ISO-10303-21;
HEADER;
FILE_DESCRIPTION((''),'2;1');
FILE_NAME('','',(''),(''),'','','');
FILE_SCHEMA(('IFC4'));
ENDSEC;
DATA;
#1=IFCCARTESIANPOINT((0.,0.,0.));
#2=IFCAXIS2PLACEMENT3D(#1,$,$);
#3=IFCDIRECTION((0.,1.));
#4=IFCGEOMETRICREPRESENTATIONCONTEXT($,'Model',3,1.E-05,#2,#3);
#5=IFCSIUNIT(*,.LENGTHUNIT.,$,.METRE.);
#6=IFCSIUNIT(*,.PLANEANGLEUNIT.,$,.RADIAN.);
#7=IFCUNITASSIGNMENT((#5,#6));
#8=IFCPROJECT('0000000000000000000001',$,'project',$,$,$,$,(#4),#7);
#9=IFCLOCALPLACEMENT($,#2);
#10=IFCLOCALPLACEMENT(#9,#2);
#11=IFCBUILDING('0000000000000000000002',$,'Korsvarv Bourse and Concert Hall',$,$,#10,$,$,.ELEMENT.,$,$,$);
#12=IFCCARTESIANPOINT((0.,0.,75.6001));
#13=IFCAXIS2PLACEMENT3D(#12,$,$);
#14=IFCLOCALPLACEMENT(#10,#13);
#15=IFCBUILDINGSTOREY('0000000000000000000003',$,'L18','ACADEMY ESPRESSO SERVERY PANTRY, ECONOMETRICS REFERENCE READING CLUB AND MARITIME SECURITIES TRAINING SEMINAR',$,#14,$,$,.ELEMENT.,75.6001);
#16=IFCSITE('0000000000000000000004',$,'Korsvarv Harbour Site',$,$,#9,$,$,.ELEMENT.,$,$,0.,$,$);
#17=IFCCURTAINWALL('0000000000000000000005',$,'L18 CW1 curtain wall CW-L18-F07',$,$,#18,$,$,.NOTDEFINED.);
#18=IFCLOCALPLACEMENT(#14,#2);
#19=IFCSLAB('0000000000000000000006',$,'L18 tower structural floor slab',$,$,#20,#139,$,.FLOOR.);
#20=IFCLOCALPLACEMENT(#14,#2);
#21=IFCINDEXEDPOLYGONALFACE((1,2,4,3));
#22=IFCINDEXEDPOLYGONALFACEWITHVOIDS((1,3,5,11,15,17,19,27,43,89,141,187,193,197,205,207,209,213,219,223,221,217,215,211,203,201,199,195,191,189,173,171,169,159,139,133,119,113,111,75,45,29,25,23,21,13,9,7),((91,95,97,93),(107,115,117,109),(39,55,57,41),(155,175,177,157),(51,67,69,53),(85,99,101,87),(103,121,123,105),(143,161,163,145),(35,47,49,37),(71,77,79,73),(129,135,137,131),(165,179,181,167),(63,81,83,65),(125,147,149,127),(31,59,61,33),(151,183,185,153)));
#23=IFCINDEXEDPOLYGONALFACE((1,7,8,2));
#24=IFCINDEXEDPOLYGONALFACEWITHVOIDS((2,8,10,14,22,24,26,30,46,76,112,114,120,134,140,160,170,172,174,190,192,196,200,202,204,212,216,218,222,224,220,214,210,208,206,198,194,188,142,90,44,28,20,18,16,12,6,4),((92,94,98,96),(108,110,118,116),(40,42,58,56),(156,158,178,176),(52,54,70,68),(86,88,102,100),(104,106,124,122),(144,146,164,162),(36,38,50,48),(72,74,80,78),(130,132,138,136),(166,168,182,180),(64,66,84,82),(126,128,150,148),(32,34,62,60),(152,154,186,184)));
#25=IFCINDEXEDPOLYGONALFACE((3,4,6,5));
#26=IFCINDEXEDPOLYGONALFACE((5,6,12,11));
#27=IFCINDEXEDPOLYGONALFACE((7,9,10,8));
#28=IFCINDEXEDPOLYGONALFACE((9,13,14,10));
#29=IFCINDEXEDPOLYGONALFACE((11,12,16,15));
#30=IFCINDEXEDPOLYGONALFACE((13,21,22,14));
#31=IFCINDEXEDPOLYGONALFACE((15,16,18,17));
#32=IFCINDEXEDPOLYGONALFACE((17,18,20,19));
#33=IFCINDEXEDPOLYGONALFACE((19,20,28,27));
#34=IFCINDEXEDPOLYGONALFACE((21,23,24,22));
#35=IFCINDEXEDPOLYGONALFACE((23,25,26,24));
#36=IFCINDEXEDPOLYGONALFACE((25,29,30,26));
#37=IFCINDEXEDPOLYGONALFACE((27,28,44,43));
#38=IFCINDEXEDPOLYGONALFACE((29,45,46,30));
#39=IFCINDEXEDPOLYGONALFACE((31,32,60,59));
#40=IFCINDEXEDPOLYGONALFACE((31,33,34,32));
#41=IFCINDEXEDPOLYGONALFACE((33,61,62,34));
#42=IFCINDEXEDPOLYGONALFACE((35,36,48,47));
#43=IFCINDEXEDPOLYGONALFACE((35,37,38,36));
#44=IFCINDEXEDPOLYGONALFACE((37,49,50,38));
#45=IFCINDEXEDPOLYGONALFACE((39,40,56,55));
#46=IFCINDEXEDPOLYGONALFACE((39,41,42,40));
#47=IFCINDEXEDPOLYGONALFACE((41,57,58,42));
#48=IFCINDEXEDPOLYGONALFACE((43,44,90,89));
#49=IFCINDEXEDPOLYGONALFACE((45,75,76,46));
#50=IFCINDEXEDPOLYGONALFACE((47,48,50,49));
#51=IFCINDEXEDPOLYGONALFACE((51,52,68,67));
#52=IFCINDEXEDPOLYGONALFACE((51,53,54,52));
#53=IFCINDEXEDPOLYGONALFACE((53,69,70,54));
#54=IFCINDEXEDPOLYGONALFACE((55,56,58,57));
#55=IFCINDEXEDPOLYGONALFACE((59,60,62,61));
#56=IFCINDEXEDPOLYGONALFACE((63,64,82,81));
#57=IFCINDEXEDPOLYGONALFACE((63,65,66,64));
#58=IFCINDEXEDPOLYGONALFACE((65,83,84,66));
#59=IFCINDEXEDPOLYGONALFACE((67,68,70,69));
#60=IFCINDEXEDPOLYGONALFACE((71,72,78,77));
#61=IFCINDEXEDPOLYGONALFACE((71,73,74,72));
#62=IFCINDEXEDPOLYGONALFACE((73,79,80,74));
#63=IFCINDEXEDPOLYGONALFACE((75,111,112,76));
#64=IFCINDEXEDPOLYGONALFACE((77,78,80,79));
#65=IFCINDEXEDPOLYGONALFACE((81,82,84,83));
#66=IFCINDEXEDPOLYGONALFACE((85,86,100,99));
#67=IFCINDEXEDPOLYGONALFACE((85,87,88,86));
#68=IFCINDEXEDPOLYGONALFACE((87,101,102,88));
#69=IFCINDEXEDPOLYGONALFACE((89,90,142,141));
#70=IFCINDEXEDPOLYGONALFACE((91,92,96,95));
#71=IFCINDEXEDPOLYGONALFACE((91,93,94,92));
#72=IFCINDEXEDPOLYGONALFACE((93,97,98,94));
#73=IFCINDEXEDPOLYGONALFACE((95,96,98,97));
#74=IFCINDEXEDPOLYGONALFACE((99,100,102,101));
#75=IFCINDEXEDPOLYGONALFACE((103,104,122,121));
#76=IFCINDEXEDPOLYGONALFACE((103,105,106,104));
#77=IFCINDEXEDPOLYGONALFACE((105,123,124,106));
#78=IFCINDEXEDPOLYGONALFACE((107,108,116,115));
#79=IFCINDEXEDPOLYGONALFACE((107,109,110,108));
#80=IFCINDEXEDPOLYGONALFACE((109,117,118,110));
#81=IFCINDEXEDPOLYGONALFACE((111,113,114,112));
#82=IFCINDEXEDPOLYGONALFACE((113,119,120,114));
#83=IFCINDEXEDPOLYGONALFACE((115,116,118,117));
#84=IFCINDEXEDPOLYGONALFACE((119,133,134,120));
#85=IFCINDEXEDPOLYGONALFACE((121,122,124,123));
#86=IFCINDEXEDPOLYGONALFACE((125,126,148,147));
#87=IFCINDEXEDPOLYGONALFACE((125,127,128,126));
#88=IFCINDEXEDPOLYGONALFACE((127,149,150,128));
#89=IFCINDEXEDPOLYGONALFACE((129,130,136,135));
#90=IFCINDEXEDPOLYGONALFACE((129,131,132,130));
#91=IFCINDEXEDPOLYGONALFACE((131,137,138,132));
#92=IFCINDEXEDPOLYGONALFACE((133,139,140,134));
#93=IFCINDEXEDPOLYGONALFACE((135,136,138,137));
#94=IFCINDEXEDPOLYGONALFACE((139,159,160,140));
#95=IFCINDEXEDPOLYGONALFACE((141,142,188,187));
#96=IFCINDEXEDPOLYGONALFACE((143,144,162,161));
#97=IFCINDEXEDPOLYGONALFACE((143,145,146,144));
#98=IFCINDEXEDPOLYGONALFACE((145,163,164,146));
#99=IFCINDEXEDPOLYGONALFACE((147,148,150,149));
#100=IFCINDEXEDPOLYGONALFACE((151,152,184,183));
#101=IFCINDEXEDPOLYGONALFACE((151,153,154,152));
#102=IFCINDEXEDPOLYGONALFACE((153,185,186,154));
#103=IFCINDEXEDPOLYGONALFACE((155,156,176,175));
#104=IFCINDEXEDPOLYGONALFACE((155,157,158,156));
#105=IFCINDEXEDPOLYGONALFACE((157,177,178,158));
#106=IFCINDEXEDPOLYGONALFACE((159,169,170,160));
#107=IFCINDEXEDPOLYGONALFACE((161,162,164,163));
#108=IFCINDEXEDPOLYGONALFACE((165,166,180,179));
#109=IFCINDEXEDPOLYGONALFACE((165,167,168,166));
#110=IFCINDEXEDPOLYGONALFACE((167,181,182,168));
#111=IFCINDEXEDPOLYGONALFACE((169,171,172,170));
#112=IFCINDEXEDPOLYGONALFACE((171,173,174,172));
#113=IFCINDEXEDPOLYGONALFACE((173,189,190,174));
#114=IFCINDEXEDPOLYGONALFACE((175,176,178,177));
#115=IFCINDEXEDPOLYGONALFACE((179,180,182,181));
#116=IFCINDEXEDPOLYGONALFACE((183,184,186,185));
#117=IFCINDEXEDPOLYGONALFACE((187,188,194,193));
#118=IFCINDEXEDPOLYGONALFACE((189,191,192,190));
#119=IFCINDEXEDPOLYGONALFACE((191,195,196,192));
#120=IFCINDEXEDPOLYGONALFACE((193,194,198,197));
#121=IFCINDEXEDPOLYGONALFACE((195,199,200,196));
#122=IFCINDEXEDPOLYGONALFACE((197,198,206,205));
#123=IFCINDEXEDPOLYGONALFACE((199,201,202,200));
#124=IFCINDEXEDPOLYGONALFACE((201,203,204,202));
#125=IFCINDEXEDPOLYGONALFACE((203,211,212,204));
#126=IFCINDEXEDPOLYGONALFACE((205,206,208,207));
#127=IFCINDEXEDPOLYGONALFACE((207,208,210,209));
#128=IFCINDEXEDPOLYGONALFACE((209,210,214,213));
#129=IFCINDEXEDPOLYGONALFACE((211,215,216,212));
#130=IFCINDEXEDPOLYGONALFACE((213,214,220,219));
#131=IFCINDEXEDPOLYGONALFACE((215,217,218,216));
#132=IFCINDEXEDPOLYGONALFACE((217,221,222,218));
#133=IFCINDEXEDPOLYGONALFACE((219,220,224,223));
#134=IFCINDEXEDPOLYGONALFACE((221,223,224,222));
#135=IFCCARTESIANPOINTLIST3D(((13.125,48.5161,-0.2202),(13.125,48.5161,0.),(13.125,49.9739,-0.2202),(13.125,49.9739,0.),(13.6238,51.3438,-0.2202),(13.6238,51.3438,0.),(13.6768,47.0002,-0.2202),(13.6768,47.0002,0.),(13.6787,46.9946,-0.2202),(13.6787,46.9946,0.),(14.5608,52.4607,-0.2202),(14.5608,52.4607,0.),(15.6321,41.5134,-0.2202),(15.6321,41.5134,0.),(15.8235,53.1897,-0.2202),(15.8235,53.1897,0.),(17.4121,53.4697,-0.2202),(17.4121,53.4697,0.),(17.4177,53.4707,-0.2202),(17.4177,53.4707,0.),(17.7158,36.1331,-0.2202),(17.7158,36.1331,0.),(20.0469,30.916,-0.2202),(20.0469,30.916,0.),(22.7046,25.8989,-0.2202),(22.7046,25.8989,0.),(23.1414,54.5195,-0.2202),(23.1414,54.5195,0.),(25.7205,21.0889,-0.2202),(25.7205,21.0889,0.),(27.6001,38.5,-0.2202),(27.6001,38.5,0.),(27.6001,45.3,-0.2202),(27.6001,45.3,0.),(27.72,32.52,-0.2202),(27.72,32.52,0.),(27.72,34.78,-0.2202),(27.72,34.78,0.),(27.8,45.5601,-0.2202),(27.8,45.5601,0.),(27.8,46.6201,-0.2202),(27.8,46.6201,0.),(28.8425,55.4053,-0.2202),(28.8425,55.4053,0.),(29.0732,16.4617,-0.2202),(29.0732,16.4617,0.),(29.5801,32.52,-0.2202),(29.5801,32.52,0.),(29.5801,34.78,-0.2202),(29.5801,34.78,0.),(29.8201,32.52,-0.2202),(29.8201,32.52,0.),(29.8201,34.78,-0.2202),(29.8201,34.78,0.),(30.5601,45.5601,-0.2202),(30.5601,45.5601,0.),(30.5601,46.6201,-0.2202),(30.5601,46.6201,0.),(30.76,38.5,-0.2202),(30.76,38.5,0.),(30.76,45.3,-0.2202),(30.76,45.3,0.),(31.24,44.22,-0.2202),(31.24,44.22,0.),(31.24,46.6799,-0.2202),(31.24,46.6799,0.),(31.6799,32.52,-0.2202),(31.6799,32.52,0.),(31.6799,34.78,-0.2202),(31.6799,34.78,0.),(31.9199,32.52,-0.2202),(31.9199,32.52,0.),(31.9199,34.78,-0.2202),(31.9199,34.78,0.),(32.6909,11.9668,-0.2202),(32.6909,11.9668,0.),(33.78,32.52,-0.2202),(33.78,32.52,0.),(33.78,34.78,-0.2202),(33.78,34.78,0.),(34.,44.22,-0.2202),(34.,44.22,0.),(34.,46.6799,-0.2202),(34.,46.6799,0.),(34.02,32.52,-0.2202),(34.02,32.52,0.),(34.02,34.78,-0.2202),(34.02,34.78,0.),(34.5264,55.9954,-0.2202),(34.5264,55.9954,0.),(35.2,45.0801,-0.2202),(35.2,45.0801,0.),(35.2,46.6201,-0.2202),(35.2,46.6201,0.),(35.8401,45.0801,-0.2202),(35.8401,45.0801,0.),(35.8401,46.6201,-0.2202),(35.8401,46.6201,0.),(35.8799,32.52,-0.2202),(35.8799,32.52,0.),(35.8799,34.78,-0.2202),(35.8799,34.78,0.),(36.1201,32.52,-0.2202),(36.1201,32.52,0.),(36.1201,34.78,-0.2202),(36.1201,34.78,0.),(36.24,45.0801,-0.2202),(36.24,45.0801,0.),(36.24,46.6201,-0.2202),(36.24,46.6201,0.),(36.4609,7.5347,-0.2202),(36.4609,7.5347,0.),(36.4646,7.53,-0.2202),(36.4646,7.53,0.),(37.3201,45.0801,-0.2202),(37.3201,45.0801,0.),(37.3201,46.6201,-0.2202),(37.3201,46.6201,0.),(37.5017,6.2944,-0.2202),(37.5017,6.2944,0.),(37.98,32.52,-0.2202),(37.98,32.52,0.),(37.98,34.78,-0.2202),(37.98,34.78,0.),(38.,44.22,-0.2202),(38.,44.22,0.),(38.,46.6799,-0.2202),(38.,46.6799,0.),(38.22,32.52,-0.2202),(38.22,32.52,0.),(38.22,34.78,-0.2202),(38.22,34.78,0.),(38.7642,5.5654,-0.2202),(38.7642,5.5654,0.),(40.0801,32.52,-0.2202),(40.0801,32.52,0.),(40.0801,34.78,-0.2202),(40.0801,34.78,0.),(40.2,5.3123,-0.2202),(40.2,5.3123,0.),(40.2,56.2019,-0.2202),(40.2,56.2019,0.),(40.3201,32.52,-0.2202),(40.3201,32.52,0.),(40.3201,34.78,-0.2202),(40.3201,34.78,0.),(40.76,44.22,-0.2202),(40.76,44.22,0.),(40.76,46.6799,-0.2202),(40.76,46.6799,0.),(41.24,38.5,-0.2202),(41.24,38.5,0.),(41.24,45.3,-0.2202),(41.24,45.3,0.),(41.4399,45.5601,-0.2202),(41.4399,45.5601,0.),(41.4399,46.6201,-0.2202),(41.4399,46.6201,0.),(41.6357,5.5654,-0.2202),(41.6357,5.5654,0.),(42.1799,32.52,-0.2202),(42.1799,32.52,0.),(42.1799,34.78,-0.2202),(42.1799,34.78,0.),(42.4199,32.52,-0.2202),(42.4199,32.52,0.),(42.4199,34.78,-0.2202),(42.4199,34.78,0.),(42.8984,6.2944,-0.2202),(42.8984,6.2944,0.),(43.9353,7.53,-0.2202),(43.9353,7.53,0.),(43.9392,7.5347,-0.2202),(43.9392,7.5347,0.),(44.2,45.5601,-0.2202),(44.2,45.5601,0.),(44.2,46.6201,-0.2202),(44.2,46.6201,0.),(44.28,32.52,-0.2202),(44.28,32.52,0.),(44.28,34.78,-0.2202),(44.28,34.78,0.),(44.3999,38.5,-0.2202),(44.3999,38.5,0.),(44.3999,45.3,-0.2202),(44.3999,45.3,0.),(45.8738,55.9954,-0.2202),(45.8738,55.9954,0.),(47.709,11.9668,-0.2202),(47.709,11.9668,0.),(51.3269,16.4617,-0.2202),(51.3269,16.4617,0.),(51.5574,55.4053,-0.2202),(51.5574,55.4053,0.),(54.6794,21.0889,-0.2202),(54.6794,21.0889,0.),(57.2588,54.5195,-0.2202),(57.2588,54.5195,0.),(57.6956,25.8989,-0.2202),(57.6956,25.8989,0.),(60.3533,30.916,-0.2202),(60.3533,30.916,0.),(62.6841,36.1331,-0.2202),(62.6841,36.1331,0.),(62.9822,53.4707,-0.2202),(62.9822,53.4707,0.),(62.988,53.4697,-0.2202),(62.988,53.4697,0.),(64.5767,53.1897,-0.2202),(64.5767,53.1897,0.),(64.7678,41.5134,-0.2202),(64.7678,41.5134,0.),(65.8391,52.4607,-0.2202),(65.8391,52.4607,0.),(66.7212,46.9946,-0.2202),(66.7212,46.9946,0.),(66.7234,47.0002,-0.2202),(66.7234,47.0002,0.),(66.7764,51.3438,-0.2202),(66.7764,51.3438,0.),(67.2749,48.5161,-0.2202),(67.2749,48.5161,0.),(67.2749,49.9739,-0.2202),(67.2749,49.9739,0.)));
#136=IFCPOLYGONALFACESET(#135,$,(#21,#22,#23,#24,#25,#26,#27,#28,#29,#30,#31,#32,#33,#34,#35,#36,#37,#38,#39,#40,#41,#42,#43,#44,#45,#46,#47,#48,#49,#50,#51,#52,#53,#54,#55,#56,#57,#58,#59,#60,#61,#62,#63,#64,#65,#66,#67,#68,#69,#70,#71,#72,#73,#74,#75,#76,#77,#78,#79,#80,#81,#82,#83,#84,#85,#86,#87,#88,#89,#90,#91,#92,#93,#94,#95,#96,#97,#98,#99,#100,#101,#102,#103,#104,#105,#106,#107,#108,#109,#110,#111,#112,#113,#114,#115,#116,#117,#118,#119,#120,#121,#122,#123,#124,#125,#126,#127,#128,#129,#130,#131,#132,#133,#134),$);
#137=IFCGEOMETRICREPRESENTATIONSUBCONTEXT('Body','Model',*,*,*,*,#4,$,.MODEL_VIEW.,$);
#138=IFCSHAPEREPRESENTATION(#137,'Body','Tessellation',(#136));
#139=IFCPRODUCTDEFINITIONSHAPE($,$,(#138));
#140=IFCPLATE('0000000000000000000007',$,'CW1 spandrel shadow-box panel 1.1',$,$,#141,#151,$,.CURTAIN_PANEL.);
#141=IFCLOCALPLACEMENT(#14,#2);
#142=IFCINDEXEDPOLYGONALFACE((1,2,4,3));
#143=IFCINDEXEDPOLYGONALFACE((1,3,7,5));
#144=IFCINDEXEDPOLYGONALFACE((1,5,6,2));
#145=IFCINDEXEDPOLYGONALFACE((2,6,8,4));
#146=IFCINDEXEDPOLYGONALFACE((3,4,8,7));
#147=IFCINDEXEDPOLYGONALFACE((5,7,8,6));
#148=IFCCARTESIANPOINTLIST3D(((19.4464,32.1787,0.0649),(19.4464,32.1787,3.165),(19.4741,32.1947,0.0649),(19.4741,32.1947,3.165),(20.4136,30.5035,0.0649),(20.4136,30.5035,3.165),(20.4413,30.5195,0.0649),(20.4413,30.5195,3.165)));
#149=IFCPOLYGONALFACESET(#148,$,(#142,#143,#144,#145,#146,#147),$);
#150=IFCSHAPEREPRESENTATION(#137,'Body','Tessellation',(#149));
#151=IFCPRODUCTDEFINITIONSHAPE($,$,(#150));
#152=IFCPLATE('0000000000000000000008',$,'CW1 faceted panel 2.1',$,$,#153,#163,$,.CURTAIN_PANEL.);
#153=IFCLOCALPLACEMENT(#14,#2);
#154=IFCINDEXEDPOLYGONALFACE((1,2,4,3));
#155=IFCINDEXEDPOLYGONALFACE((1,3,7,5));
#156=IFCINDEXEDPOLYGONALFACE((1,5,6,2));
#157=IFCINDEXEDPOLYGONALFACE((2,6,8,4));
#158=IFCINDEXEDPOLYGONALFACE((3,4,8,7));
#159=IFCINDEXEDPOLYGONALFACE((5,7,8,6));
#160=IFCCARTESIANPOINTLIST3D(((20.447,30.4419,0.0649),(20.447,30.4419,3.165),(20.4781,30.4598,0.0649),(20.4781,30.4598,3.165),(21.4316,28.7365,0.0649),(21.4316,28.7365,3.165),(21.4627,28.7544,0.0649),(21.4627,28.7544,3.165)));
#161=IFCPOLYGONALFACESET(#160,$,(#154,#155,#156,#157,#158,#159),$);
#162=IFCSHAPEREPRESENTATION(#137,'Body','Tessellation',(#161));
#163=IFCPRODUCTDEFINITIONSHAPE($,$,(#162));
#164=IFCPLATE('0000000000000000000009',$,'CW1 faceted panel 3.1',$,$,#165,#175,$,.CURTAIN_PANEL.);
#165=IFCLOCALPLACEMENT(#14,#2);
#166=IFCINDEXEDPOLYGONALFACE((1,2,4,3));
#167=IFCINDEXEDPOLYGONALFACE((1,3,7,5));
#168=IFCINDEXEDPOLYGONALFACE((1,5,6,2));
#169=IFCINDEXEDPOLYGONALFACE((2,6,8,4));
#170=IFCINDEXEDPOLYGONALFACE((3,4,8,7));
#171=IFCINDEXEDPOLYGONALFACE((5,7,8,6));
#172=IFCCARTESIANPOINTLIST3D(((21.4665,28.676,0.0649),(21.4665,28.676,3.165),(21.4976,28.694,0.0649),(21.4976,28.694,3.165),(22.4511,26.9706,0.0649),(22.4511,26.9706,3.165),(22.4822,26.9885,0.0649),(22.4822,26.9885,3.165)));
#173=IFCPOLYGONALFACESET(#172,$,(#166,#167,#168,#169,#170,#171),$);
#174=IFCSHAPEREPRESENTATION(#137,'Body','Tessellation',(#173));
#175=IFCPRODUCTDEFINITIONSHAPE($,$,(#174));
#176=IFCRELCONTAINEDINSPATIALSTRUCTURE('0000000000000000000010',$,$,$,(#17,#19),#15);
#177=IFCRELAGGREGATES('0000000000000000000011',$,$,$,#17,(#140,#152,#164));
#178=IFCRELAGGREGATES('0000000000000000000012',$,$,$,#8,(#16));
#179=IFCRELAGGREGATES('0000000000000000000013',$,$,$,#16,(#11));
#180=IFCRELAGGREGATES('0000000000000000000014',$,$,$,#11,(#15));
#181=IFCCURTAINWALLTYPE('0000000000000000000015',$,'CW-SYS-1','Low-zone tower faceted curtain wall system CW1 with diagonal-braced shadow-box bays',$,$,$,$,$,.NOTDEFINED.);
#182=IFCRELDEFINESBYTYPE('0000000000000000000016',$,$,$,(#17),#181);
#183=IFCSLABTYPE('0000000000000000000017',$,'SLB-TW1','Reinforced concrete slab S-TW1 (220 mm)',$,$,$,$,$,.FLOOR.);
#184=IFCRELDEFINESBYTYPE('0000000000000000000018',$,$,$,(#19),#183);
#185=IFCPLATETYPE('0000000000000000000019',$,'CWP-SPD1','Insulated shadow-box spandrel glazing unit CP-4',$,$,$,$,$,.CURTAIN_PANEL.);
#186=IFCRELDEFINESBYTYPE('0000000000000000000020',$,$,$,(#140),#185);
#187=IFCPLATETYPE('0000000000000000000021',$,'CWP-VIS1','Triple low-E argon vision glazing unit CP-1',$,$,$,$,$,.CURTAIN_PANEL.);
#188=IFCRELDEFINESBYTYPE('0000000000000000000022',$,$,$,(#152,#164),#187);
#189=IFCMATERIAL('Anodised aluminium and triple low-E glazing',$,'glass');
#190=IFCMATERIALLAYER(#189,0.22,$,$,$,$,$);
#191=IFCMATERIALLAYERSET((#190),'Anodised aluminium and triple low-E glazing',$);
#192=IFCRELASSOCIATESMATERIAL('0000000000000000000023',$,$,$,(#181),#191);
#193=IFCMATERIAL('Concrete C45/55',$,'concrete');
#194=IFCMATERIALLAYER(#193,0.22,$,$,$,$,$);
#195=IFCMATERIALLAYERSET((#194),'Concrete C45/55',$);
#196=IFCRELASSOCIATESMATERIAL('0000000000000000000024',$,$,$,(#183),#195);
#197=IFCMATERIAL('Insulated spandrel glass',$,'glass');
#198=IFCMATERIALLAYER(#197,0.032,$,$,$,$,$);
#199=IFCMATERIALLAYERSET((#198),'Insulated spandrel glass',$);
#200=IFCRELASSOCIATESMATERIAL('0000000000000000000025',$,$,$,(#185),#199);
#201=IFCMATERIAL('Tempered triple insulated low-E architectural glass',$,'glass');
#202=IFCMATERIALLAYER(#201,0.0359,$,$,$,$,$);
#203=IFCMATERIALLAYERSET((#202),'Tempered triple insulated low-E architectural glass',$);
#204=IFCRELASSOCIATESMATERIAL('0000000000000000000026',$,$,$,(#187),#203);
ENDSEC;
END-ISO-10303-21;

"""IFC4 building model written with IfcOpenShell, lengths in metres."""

from ifc_helpers import new_model, si_unit, direction, frame, origin, origin_2d, place, context, subcontext, project, spatial, polyline, rectangle, outline, extrude, source, transform, mapped, material, layer, layer_set, type_object, element, aggregate, save


model = new_model("IFC4")

# Units and contexts
model_context = context("Model", 3, precision=1e-05, world=origin(), true_north=direction((0.0, 1.0)))
body_context = subcontext(model_context, "Body", "Model", "MODEL_VIEW")
ifc_project = project(units=[si_unit("LENGTHUNIT", "METRE"), si_unit("PLANEANGLEUNIT", "RADIAN")], contexts=[model_context])

# Site, building, storey
site_placement = place(None, origin())
site = spatial("IfcSite", under=ifc_project, at=site_placement, Name="Korsvarv Harbour Site", CompositionType="ELEMENT", RefElevation=0.0)
building_placement = place(site_placement, origin())
building = spatial("IfcBuilding", under=site, at=building_placement, Name="Korsvarv Bourse and Concert Hall", CompositionType="ELEMENT")
storey_placement = place(building_placement, frame((0.0, 0.0, 75.6001)))
storey = spatial("IfcBuildingStorey", under=building, at=storey_placement, Name="L18", Description="ACADEMY ESPRESSO SERVERY PANTRY, ECONOMETRICS REFERENCE READING CLUB AND MARITIME SECURITIES TRAINING SEMINAR", CompositionType="ELEMENT", Elevation=75.6001)

# Curtain wall
ifc_material_1 = material(Name="Anodised aluminium and triple low-E glazing", Category="glass")
ifc_layer_1 = layer(ifc_material_1, 0.22)
ifc_layer_set_1 = layer_set([ifc_layer_1], Name="Anodised aluminium and triple low-E glazing")
curtain_wall_type = type_object("IfcCurtainWallType", Name="CW-SYS-1", Description="Low-zone tower faceted curtain wall system CW1 with diagonal-braced shadow-box bays", PredefinedType="NOTDEFINED", material=ifc_layer_set_1)
curtain_wall_placement = place(storey_placement, origin())
curtain_wall = element("IfcCurtainWall", 1, at=curtain_wall_placement, inside=storey, type_object=curtain_wall_type, Name="L18 CW1 curtain wall CW-L18-F07", PredefinedType="NOTDEFINED")

# Slab
ifc_material_2 = material(Name="Concrete C45/55", Category="concrete")
ifc_layer_2 = layer(ifc_material_2, 0.22)
ifc_layer_set_2 = layer_set([ifc_layer_2], Name="Concrete C45/55")
slab_type_1 = type_object("IfcSlabType", Name="SLB-TW1", Description="Reinforced concrete slab S-TW1 (220 mm)", PredefinedType="FLOOR", material=ifc_layer_set_2)
slab_1_placement = place(storey_placement, frame((0.0, 0.0, -0.2202)))
element("IfcSlab", 2, at=slab_1_placement, inside=storey, type_object=slab_type_1, Name="L18 tower structural floor slab", PredefinedType="FLOOR", context=body_context, shape_type="SweptSolid", body=[
    extrude(outline(polyline([(66.7212, 46.9946), (64.7678, 41.5134), (62.6841, 36.1331), (60.3533, 30.916), (57.6956, 25.8989), (54.6794, 21.0889), (51.3269, 16.4617), (47.709, 11.9668), (43.9392, 7.5347), (43.9353, 7.53), (42.8984, 6.2944), (41.6357, 5.5654), (40.2, 5.3123), (38.7642, 5.5654), (37.5017, 6.2944), (36.4646, 7.53), (36.4609, 7.5347), (32.6909, 11.9668), (29.0732, 16.4617), (25.7205, 21.0889), (22.7046, 25.8989), (20.0469, 30.916), (17.7158, 36.1331), (15.6321, 41.5134), (13.6787, 46.9946), (13.6768, 47.0002), (13.125, 48.5161), (13.125, 49.9739), (13.6238, 51.3438), (14.5608, 52.4607), (15.8235, 53.1897), (17.4121, 53.4697), (17.4177, 53.4707), (23.1414, 54.5195), (28.8425, 55.4053), (34.5264, 55.9954), (40.2, 56.2019), (45.8738, 55.9954), (51.5574, 55.4053), (57.2588, 54.5195), (62.9822, 53.4707), (62.988, 53.4697), (64.5767, 53.1897), (65.8391, 52.4607), (66.7764, 51.3438), (67.2749, 49.9739), (67.2749, 48.5161), (66.7234, 47.0002), (66.7212, 46.9946)]), holes=[polyline([(30.76, 38.5), (30.76, 45.3), (27.6001, 45.3), (27.6001, 38.5), (30.76, 38.5)]), polyline([(44.3999, 38.5), (44.3999, 45.3), (41.24, 45.3), (41.24, 38.5), (44.3999, 38.5)]), polyline([(31.24, 44.22), (34.0, 44.22), (34.0, 46.6799), (31.24, 46.6799), (31.24, 44.22)]), polyline([(38.0, 44.22), (40.76, 44.22), (40.76, 46.6799), (38.0, 46.6799), (38.0, 44.22)]), polyline([(27.72, 32.52), (29.5801, 32.52), (29.5801, 34.78), (27.72, 34.78), (27.72, 32.52)]), polyline([(29.8201, 32.52), (31.6799, 32.52), (31.6799, 34.78), (29.8201, 34.78), (29.8201, 32.52)]), polyline([(31.9199, 32.52), (33.78, 32.52), (33.78, 34.78), (31.9199, 34.78), (31.9199, 32.52)]), polyline([(34.02, 32.52), (35.8799, 32.52), (35.8799, 34.78), (34.02, 34.78), (34.02, 32.52)]), polyline([(36.1201, 32.52), (37.98, 32.52), (37.98, 34.78), (36.1201, 34.78), (36.1201, 32.52)]), polyline([(38.22, 32.52), (40.0801, 32.52), (40.0801, 34.78), (38.22, 34.78), (38.22, 32.52)]), polyline([(40.3201, 32.52), (42.1799, 32.52), (42.1799, 34.78), (40.3201, 34.78), (40.3201, 32.52)]), polyline([(42.4199, 32.52), (44.28, 32.52), (44.28, 34.78), (42.4199, 34.78), (42.4199, 32.52)]), polyline([(27.8, 45.5601), (30.5601, 45.5601), (30.5601, 46.6201), (27.8, 46.6201), (27.8, 45.5601)]), polyline([(41.4399, 45.5601), (44.2, 45.5601), (44.2, 46.6201), (41.4399, 46.6201), (41.4399, 45.5601)]), polyline([(35.2, 45.0801), (35.8401, 45.0801), (35.8401, 46.6201), (35.2, 46.6201), (35.2, 45.0801)]), polyline([(36.24, 45.0801), (37.3201, 45.0801), (37.3201, 46.6201), (36.24, 46.6201), (36.24, 45.0801)])]), origin(), (0.0, 0.0, 1.0), 0.2202),
])

# Plates
ifc_material_3 = material(Name="Insulated spandrel glass", Category="glass")
ifc_layer_3 = layer(ifc_material_3, 0.032)
ifc_layer_set_3 = layer_set([ifc_layer_3], Name="Insulated spandrel glass")
plate_type_1 = type_object("IfcPlateType", Name="CWP-SPD1", Description="Insulated shadow-box spandrel glazing unit CP-4", PredefinedType="CURTAIN_PANEL", material=ifc_layer_set_3)
shared_shape_1 = source(origin(), body_context, "Body", "SweptSolid", [
    extrude(rectangle(XDim=1.9343, YDim=0.032, at=origin_2d()), origin(), (0.0, 0.0, 1.0), 3.1001),
])
plate_1_placement = place(storey_placement, frame((19.9438, 31.3491, 0.0649), z_axis=(0.0, 0.0, 1.0), x_axis=(0.500002, -0.866024, 0.0)))
plate_1 = element("IfcPlate", 3, at=plate_1_placement, type_object=plate_type_1, Name="CW1 spandrel shadow-box panel 1.1", PredefinedType="CURTAIN_PANEL", context=body_context, shape_type="MappedRepresentation", body=[
    mapped(shared_shape_1, transform((0.0, 0.0, 0.0), scale=1.0)),
])
ifc_material_4 = material(Name="Tempered triple insulated low-E architectural glass", Category="glass")
ifc_layer_4 = layer(ifc_material_4, 0.0359)
ifc_layer_set_4 = layer_set([ifc_layer_4], Name="Tempered triple insulated low-E architectural glass")
plate_type_2 = type_object("IfcPlateType", Name="CWP-VIS1", Description="Triple low-E argon vision glazing unit CP-1", PredefinedType="CURTAIN_PANEL", material=ifc_layer_set_4)
shared_shape_2 = source(origin(), body_context, "Body", "SweptSolid", [
    extrude(rectangle(XDim=1.9692, YDim=0.0359, at=origin_2d()), origin(), (0.0, 0.0, 1.0), 3.1001),
])
plate_2_placement = place(storey_placement, frame((20.9548, 29.5981, 0.0649), z_axis=(0.0, 0.0, 1.0), x_axis=(0.500002, -0.866024, 0.0)))
plate_2 = element("IfcPlate", 4, at=plate_2_placement, type_object=plate_type_2, Name="CW1 faceted panel 2.1", PredefinedType="CURTAIN_PANEL", context=body_context, shape_type="MappedRepresentation", body=[
    mapped(shared_shape_2, transform((0.0, 0.0, 0.0), scale=1.0)),
])
plate_3_placement = place(storey_placement, frame((21.9744, 27.8323, 0.0649), z_axis=(0.0, 0.0, 1.0), x_axis=(0.500002, -0.866024, 0.0)))
plate_3 = element("IfcPlate", 5, at=plate_3_placement, type_object=plate_type_2, Name="CW1 faceted panel 3.1", PredefinedType="CURTAIN_PANEL", context=body_context, shape_type="MappedRepresentation", body=[
    mapped(shared_shape_2, transform((0.0, 0.0, 0.0), scale=1.0)),
])
aggregate(curtain_wall, [plate_1, plate_2, plate_3])

save(model, "model.ifc")
